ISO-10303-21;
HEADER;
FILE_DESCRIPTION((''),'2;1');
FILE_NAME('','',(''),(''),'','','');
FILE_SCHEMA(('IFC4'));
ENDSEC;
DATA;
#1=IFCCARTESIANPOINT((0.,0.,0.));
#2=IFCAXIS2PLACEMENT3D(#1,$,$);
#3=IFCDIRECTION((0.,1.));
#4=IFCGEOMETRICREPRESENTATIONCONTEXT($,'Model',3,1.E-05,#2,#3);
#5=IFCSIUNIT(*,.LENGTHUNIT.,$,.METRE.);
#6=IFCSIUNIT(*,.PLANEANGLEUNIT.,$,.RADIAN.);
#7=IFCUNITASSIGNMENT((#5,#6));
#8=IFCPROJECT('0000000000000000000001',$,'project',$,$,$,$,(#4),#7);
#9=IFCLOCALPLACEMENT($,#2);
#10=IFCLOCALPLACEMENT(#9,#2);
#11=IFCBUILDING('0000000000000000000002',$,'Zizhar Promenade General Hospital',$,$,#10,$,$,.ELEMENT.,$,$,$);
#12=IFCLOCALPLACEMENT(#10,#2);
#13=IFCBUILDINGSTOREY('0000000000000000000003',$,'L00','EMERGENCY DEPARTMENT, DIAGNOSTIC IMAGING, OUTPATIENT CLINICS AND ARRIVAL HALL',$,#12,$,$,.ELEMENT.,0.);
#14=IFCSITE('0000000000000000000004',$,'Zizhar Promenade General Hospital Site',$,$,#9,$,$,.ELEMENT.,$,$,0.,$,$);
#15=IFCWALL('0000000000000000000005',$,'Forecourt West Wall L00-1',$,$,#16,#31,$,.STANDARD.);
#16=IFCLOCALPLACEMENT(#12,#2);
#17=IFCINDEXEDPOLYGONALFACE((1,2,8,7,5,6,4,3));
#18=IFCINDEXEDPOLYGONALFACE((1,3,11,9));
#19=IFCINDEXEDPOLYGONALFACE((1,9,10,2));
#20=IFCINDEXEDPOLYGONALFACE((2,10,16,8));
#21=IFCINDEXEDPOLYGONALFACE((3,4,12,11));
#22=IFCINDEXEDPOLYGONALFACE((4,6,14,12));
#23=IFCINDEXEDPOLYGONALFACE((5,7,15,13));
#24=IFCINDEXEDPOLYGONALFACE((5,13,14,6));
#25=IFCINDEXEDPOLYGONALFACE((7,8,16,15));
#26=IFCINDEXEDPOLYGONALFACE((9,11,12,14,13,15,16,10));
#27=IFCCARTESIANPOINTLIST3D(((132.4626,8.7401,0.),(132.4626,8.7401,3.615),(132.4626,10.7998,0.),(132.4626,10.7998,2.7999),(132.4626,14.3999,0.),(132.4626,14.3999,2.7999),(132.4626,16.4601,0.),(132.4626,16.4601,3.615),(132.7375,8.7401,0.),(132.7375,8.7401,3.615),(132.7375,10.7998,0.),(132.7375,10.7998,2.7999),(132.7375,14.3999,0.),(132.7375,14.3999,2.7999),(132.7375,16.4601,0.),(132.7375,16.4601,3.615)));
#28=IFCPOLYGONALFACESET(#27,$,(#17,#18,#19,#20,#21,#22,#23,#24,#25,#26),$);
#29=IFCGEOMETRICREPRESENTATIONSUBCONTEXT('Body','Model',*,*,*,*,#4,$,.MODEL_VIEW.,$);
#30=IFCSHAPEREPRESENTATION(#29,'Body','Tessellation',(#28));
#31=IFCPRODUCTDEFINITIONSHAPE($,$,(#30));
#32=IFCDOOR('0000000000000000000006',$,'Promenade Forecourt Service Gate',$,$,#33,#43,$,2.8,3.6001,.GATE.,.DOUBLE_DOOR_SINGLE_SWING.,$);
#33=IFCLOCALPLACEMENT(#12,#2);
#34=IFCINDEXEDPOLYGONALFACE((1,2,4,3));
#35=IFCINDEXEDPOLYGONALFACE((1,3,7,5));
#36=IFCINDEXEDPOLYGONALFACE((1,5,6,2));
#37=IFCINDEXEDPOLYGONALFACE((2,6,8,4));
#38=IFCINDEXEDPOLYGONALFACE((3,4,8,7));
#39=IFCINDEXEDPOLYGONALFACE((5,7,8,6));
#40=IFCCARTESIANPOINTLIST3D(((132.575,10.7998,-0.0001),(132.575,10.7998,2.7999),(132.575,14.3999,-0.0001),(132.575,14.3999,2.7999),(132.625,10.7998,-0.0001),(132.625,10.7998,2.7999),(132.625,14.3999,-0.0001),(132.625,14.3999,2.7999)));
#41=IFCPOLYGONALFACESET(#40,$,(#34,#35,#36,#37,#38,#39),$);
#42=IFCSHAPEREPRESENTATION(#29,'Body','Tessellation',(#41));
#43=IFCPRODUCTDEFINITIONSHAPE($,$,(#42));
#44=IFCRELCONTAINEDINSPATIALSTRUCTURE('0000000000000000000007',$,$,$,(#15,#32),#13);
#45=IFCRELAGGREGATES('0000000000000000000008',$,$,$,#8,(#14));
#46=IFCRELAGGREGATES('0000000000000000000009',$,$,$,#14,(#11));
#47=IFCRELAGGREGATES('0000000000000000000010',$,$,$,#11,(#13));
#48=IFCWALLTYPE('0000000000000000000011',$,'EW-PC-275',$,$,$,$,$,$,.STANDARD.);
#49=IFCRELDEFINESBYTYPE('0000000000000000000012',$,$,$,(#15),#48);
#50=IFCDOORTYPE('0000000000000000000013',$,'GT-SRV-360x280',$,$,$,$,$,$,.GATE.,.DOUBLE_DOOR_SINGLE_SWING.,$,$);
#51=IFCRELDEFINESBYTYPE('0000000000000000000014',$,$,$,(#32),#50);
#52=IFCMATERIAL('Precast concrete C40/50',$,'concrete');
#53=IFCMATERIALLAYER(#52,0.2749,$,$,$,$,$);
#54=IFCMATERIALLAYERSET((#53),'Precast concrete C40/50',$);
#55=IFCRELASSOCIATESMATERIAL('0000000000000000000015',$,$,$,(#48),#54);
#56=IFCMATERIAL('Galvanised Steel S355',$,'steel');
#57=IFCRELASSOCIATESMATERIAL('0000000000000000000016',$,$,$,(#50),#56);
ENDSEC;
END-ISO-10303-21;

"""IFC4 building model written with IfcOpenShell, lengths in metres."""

from ifc_helpers import new_model, si_unit, direction, frame, frame_2d, origin, place, context, subcontext, project, spatial, rectangle, extrude, material, layer, layer_set, type_object, element, fill, save


model = new_model("IFC4")

# Units and contexts
model_context = context("Model", 3, precision=1e-05, world=origin(), true_north=direction((0.0, 1.0)))
body_context = subcontext(model_context, "Body", "Model", "MODEL_VIEW")
ifc_project = project(units=[si_unit("LENGTHUNIT", "METRE"), si_unit("PLANEANGLEUNIT", "RADIAN")], contexts=[model_context])

# Site, building, storey
site_placement = place(None, origin())
site = spatial("IfcSite", under=ifc_project, at=site_placement, Name="Zizhar Promenade General Hospital Site", CompositionType="ELEMENT", RefElevation=0.0)
building_placement = place(site_placement, origin())
building = spatial("IfcBuilding", under=site, at=building_placement, Name="Zizhar Promenade General Hospital", CompositionType="ELEMENT")
storey_placement = place(building_placement, origin())
storey = spatial("IfcBuildingStorey", under=building, at=storey_placement, Name="L00", Description="EMERGENCY DEPARTMENT, DIAGNOSTIC IMAGING, OUTPATIENT CLINICS AND ARRIVAL HALL", CompositionType="ELEMENT", Elevation=0.0)

# Wall, opening, door
ifc_material_1 = material(Name="Precast concrete C40/50", Category="concrete")
ifc_layer_1 = layer(ifc_material_1, 0.2749)
ifc_layer_set_1 = layer_set([ifc_layer_1], Name="Precast concrete C40/50")
wall_type = type_object("IfcWallType", Name="EW-PC-275", PredefinedType="STANDARD", material=ifc_layer_set_1)
wall_placement = place(storey_placement, frame((132.6001, 16.46, 0.0), z_axis=(0.0, 0.0, 1.0), x_axis=(0.0, -1.0, 0.0)))
wall = element("IfcWall", 1, at=wall_placement, inside=storey, type_object=wall_type, Name="Forecourt West Wall L00-1", PredefinedType="STANDARD", context=body_context, shape_type="SweptSolid", body=[
    extrude(rectangle(XDim=7.72, YDim=0.2749, at=frame_2d((3.8599, 0.0))), origin(), (0.0, 0.0, 1.0), 3.615),
])
opening_placement = place(wall_placement, frame((2.0601, 0.0, 0.0)))
opening = element("IfcOpeningElement", 2, at=opening_placement, cuts=wall, PredefinedType="OPENING", context=body_context, shape_type="SweptSolid", body=[
    extrude(rectangle(XDim=3.6001, YDim=2.8, at=frame_2d((1.8, 1.3999))), frame((0.0, 0.1475, 0.0), z_axis=(0.0, -1.0, 0.0), x_axis=(1.0, 0.0, 0.0)), (0.0, 0.0, 1.0), 0.2949),
])
ifc_material_2 = material(Name="Galvanised Steel S355", Category="steel")
door_type = type_object("IfcDoorType", Name="GT-SRV-360x280", OperationType="DOUBLE_DOOR_SINGLE_SWING", PredefinedType="GATE", material=ifc_material_2)
door_placement = place(opening_placement, origin())
door = element("IfcDoor", 3, at=door_placement, inside=storey, type_object=door_type, Name="Promenade Forecourt Service Gate", OperationType="DOUBLE_DOOR_SINGLE_SWING", OverallHeight=2.8, OverallWidth=3.6001, PredefinedType="GATE", context=body_context, shape_type="SweptSolid", body=[
    extrude(rectangle(XDim=3.6001, YDim=2.8, at=frame_2d((1.8, 1.3999))), frame((0.0, 0.0249, 0.0), z_axis=(0.0, -1.0, 0.0), x_axis=(1.0, 0.0, 0.0)), (0.0, 0.0, 1.0), 0.05),
])
fill(opening, door)

save(model, "model.ifc")
